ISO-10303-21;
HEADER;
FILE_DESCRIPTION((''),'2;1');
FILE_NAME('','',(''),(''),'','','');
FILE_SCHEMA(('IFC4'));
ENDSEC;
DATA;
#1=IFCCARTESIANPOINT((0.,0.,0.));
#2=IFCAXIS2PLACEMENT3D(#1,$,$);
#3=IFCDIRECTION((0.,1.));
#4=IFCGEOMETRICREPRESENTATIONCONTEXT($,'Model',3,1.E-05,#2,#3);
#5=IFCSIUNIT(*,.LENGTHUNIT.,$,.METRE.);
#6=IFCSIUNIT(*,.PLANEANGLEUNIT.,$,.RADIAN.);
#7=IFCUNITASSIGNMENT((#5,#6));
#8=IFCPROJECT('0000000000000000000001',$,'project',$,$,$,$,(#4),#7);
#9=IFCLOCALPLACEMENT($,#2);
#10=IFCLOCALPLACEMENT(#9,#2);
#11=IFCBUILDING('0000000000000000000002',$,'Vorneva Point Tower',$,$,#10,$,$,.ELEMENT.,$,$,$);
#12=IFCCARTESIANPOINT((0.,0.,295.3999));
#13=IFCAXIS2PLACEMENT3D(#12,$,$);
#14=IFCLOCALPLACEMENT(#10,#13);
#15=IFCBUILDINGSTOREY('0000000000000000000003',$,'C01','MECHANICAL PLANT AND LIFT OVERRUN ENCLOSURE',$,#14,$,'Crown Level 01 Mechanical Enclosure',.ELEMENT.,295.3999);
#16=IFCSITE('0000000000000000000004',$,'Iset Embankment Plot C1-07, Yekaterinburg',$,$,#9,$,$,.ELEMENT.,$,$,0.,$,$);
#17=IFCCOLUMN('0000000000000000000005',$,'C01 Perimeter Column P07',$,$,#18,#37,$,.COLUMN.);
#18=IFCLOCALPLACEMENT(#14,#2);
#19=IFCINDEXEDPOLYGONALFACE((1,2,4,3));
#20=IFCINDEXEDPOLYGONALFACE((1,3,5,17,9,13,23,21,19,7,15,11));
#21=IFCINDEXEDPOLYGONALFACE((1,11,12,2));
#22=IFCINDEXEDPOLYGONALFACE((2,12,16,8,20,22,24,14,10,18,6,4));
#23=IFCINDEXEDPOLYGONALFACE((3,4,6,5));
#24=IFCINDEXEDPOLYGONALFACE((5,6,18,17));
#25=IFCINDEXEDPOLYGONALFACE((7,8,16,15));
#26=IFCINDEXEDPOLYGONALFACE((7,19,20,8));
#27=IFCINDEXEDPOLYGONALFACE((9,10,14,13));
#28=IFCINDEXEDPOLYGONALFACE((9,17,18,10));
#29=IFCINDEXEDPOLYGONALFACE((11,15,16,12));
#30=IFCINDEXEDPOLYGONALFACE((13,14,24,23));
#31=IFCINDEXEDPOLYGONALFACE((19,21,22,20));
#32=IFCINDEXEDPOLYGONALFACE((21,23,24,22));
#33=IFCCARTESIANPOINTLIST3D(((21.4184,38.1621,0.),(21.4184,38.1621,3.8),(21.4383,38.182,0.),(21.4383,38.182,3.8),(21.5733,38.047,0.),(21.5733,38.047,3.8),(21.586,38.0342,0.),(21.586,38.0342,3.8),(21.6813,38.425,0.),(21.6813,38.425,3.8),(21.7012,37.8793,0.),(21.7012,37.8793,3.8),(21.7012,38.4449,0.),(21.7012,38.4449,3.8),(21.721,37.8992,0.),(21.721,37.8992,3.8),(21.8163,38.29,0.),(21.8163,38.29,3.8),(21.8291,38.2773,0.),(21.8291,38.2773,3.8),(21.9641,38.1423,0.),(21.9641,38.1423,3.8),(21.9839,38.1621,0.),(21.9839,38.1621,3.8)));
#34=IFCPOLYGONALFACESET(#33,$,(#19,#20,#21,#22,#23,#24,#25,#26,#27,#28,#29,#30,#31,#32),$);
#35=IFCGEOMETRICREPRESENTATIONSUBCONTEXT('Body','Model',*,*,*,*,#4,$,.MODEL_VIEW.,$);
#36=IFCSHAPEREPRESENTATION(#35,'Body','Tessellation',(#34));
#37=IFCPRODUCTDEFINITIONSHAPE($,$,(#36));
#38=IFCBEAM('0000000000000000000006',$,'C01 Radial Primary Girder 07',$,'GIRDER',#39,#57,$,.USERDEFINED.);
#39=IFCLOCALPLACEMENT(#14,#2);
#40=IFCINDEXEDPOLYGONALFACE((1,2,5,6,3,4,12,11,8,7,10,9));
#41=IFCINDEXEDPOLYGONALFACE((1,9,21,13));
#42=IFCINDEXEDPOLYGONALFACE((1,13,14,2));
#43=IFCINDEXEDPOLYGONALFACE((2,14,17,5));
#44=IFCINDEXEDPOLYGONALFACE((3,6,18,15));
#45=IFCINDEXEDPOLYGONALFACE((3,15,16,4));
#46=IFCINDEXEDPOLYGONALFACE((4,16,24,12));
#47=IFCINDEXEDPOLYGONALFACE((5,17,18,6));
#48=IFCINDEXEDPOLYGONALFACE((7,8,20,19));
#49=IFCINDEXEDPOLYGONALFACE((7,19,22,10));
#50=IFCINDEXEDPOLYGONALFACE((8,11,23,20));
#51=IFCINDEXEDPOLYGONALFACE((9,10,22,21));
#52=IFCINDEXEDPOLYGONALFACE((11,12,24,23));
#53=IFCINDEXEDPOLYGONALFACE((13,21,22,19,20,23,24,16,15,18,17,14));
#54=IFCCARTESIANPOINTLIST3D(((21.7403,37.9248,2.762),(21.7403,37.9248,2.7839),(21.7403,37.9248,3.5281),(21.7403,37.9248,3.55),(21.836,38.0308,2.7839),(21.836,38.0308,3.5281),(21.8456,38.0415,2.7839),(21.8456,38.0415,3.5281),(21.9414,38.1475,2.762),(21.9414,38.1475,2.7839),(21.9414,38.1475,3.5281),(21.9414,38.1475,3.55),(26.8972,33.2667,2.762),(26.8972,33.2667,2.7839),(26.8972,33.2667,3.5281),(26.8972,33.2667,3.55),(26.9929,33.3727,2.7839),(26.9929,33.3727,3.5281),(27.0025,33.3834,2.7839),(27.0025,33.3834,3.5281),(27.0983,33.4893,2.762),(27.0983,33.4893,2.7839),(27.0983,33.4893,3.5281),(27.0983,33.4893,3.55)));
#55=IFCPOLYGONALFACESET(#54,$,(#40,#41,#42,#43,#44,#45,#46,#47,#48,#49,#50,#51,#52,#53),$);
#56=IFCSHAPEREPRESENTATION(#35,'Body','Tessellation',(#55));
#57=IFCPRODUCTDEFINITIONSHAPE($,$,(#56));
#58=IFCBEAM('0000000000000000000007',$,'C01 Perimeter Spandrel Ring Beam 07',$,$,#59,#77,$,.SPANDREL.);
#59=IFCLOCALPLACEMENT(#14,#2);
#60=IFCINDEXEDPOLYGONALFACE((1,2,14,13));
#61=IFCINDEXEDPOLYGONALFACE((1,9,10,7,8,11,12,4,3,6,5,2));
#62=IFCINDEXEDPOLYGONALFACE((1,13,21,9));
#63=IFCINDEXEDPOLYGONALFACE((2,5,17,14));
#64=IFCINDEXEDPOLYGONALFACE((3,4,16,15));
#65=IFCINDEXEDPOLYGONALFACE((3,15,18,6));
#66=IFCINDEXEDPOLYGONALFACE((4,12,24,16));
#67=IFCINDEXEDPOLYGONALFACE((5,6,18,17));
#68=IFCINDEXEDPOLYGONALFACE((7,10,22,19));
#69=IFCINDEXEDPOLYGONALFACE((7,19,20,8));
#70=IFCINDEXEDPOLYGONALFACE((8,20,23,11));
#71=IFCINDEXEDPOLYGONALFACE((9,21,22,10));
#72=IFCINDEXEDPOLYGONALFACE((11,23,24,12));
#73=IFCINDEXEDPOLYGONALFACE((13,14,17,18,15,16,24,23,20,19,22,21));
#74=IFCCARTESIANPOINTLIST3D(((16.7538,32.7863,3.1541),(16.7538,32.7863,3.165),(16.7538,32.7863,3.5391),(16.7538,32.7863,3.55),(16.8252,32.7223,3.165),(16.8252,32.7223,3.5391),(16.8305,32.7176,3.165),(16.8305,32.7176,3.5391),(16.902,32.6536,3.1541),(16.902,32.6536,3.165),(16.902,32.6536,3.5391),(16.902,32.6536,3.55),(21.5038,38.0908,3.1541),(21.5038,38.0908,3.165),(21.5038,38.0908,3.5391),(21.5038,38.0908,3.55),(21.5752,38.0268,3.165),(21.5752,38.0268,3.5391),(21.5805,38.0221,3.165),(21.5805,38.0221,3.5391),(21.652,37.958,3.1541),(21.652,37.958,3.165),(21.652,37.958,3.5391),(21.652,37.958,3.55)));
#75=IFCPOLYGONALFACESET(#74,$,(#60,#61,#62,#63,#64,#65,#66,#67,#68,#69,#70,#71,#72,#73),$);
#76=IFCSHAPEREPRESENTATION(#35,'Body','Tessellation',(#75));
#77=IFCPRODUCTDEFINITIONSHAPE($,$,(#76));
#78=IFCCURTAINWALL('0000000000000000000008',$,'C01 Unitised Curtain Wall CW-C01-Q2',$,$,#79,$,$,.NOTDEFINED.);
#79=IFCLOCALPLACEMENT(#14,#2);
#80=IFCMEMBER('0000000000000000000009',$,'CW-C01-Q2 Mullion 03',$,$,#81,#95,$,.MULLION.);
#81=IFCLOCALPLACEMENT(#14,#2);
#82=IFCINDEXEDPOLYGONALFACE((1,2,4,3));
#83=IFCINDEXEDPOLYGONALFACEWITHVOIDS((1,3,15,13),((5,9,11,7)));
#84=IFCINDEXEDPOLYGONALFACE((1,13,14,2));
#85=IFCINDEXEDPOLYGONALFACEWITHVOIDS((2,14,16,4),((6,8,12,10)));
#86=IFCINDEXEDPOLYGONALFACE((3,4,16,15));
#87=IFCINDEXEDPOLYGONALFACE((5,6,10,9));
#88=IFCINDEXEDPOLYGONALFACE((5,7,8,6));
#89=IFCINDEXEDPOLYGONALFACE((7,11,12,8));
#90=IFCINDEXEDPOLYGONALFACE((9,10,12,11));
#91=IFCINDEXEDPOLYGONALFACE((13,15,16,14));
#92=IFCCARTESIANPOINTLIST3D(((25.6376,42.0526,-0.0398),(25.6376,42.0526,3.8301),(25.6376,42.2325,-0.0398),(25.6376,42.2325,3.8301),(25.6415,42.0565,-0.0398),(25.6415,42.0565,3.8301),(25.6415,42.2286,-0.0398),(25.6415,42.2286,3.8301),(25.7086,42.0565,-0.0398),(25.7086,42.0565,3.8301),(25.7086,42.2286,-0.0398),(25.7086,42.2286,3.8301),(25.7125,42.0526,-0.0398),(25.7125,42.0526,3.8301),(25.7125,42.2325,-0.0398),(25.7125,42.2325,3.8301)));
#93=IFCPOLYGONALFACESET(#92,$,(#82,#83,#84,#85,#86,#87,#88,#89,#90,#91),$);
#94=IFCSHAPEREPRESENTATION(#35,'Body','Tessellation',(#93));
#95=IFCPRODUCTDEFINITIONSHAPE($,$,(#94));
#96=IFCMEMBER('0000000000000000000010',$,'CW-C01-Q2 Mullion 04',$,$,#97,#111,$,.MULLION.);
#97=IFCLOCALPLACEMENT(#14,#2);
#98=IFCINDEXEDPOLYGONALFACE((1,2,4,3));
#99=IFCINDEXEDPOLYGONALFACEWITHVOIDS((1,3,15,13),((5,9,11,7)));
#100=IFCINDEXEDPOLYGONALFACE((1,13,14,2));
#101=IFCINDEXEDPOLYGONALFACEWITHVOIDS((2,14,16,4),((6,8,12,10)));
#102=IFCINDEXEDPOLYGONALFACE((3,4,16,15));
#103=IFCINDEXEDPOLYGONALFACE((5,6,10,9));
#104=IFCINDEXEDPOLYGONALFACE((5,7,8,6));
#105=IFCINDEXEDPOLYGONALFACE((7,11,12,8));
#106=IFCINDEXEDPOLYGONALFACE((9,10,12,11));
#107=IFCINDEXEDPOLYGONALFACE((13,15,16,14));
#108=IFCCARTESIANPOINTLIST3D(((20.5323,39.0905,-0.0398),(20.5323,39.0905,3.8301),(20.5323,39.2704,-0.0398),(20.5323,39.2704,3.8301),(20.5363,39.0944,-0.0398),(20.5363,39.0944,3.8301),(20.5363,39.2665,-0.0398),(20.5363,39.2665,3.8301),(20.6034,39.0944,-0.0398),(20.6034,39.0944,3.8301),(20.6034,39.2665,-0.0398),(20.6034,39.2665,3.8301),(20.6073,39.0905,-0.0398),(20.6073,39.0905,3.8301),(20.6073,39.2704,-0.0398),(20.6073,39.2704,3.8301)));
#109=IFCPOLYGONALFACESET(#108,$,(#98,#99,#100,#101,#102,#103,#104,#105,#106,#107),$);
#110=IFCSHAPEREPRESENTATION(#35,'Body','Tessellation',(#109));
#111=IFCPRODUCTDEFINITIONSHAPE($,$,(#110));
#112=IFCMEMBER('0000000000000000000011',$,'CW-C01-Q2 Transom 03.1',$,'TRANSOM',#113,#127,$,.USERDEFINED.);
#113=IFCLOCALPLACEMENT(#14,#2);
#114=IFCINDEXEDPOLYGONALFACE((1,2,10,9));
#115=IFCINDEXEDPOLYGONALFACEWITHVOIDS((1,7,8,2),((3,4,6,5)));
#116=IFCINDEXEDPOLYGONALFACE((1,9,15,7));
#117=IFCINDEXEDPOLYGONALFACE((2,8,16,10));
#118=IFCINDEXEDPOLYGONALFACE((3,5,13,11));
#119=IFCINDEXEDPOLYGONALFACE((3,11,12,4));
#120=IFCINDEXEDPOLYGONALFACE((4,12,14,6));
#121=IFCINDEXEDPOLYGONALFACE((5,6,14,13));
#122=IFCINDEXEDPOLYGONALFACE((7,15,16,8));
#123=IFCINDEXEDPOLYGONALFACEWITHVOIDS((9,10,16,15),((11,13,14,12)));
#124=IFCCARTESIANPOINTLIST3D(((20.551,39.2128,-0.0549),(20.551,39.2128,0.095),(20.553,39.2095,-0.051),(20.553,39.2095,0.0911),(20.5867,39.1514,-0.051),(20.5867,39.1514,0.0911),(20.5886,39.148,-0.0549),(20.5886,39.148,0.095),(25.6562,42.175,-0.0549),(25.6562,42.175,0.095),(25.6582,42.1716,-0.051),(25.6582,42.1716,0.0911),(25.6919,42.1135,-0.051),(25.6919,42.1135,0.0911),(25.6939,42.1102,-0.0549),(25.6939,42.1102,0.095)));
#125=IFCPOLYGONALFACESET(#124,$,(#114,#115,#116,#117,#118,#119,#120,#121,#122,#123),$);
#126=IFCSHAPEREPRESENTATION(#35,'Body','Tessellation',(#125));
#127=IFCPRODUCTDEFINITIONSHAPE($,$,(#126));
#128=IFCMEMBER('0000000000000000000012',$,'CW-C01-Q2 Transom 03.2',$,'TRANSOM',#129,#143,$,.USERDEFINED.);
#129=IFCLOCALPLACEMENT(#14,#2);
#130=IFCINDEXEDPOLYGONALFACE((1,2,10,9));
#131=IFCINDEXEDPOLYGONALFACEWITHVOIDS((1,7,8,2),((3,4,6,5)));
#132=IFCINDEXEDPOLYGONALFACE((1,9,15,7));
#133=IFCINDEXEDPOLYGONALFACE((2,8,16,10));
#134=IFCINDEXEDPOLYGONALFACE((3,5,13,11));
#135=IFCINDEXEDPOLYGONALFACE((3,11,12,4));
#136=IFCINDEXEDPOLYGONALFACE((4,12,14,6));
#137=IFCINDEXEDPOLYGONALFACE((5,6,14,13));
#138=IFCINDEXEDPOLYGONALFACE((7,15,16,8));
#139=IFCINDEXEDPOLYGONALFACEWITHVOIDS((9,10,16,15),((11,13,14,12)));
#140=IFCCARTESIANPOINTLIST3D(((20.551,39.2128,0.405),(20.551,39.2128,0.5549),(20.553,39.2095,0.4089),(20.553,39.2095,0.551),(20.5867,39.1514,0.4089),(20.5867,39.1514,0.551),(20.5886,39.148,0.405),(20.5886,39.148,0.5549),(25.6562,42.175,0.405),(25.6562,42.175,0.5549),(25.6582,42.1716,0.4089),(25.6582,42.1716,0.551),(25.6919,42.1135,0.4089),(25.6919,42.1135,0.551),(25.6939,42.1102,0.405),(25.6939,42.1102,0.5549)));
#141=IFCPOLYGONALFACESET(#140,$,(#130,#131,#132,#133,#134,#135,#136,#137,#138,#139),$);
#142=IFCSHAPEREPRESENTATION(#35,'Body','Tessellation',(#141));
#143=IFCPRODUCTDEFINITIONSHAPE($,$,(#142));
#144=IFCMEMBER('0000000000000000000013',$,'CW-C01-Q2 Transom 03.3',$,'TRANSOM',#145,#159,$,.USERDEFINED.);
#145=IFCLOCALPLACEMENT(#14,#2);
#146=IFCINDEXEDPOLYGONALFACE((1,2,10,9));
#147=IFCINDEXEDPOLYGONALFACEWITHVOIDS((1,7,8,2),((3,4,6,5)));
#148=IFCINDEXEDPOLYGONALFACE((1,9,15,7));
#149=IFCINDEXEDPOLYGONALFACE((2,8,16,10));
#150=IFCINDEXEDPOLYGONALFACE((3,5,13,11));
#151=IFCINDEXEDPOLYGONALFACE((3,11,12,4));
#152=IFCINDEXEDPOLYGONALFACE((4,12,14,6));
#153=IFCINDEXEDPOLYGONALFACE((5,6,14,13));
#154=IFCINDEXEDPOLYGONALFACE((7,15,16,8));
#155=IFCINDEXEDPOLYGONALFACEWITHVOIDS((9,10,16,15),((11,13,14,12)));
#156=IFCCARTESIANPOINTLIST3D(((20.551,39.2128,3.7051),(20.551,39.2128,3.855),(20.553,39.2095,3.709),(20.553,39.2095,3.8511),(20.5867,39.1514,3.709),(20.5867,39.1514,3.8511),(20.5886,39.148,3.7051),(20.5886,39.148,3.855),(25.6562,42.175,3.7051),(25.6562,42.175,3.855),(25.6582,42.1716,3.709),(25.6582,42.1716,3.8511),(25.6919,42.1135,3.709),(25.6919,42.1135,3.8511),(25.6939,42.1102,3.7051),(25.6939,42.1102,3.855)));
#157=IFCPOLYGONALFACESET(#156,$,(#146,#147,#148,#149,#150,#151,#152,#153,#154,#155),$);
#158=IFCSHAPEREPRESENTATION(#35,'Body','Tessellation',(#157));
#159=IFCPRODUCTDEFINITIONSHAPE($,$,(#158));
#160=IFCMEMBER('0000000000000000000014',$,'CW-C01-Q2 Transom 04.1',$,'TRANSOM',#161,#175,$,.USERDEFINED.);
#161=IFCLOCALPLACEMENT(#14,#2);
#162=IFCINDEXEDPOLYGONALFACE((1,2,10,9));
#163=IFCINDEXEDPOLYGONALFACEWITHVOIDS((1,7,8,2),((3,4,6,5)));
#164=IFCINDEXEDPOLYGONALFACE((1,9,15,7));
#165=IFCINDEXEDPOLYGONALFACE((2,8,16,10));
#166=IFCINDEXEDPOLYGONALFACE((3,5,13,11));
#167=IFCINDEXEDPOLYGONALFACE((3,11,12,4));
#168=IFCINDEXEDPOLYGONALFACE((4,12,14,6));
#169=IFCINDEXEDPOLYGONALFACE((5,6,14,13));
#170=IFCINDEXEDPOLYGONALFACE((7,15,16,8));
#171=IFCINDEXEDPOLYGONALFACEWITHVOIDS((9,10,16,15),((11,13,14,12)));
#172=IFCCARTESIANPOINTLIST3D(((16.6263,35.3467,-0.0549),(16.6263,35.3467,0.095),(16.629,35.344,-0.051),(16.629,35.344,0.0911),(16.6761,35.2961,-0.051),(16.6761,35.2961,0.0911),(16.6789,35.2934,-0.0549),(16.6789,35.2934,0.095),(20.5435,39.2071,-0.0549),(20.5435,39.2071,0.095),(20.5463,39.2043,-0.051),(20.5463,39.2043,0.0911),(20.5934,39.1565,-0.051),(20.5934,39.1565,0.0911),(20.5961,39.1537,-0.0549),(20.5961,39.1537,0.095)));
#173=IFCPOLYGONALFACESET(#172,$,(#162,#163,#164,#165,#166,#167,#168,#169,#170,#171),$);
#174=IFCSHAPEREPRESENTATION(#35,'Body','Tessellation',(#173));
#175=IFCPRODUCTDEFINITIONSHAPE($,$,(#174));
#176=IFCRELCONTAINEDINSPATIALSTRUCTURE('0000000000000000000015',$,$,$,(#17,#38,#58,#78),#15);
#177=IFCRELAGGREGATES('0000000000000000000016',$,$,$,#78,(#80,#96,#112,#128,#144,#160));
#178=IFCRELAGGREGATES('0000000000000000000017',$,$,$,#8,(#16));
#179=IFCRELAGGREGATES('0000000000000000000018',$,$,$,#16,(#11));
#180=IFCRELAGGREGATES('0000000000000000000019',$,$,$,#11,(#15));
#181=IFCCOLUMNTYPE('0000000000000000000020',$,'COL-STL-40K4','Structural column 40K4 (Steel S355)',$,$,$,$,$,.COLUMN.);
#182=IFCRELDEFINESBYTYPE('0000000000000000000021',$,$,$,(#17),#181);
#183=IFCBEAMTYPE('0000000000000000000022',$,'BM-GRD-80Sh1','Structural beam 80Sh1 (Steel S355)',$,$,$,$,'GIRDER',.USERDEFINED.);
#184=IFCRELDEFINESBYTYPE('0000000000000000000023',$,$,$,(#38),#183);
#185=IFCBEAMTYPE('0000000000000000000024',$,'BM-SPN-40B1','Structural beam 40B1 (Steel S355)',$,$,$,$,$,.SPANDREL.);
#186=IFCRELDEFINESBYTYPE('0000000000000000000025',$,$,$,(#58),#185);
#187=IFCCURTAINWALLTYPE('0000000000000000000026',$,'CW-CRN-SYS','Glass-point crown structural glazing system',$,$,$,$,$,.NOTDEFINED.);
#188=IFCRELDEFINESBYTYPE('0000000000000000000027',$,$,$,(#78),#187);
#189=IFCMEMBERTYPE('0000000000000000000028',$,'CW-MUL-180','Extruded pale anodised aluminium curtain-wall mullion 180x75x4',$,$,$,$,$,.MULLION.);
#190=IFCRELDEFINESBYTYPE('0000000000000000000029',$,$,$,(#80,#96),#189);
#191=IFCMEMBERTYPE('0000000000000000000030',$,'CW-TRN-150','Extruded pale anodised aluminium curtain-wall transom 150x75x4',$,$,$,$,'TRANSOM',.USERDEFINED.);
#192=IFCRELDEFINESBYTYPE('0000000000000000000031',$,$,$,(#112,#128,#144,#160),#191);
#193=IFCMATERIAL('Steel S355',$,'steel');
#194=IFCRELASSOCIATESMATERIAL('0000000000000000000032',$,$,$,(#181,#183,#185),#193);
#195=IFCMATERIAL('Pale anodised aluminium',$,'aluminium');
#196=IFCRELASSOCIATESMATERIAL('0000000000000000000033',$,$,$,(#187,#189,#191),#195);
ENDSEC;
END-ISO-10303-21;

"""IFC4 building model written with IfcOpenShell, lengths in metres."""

from ifc_helpers import new_model, si_unit, direction, frame, origin, origin_2d, place, context, subcontext, project, spatial, hollow_rectangle, i_section, extrude, material, material_profile, profile_set, type_object, element, aggregate, save


model = new_model("IFC4")

# Units and contexts
model_context = context("Model", 3, precision=1e-05, world=origin(), true_north=direction((0.0, 1.0)))
body_context = subcontext(model_context, "Body", "Model", "MODEL_VIEW")
ifc_project = project(units=[si_unit("LENGTHUNIT", "METRE"), si_unit("PLANEANGLEUNIT", "RADIAN")], contexts=[model_context])

# Site, building, storey
site_placement = place(None, origin())
site = spatial("IfcSite", under=ifc_project, at=site_placement, Name="Iset Embankment Plot C1-07, Yekaterinburg", CompositionType="ELEMENT", RefElevation=0.0)
building_placement = place(site_placement, origin())
building = spatial("IfcBuilding", under=site, at=building_placement, Name="Vorneva Point Tower", CompositionType="ELEMENT")
storey_placement = place(building_placement, frame((0.0, 0.0, 295.3999)))
storey = spatial("IfcBuildingStorey", under=building, at=storey_placement, Name="C01", Description="MECHANICAL PLANT AND LIFT OVERRUN ENCLOSURE", LongName="Crown Level 01 Mechanical Enclosure", CompositionType="ELEMENT", Elevation=295.3999)

# Column
ifc_material_1 = material(Name="Steel S355", Category="steel")
ifc_material_profile_1 = material_profile(ifc_material_1, i_section(OverallWidth=0.3999, OverallDepth=0.3999, WebThickness=0.0181, FlangeThickness=0.0281, at=origin_2d()), Name="40K4")
ifc_profile_set_1 = profile_set([ifc_material_profile_1], Name="Steel S355")
column_type = type_object("IfcColumnType", Name="COL-STL-40K4", Description="Structural column 40K4 (Steel S355)", PredefinedType="COLUMN", material=ifc_profile_set_1)
column_placement = place(storey_placement, frame((21.7012, 38.1621, 0.0), z_axis=(0.0, 0.0, 1.0), x_axis=(-0.707107, 0.707107, 0.0)))
element("IfcColumn", 1, at=column_placement, inside=storey, type_object=column_type, Name="C01 Perimeter Column P07", PredefinedType="COLUMN", context=body_context, shape_type="SweptSolid", body=[
    extrude(i_section(OverallWidth=0.3999, OverallDepth=0.3999, WebThickness=0.0181, FlangeThickness=0.0281, at=origin_2d()), origin(), (0.0, 0.0, 1.0), 3.8),
])

# Beams
ifc_material_profile_2 = material_profile(ifc_material_1, i_section(OverallWidth=0.3, OverallDepth=0.7881, WebThickness=0.0144, FlangeThickness=0.022, at=origin_2d()), Name="80Sh1")
ifc_profile_set_2 = profile_set([ifc_material_profile_2], Name="Steel S355")
beam_type_1 = type_object("IfcBeamType", Name="BM-GRD-80Sh1", Description="Structural beam 80Sh1 (Steel S355)", ElementType="GIRDER", PredefinedType="USERDEFINED", material=ifc_profile_set_2)
beam_1_placement = place(storey_placement, frame((21.8408, 38.0361, 3.156), z_axis=(0.742082, -0.670309, 0.0), x_axis=(0.670309, 0.742082, 0.0)))
element("IfcBeam", 2, at=beam_1_placement, inside=storey, type_object=beam_type_1, Name="C01 Radial Primary Girder 07", ObjectType="GIRDER", PredefinedType="USERDEFINED", context=body_context, shape_type="SweptSolid", body=[
    extrude(i_section(OverallWidth=0.3, OverallDepth=0.7881, WebThickness=0.0144, FlangeThickness=0.022, at=origin_2d()), origin(), (0.0, 0.0, 1.0), 6.9492),
])
ifc_material_profile_3 = material_profile(ifc_material_1, i_section(OverallWidth=0.199, OverallDepth=0.396, WebThickness=0.0071, FlangeThickness=0.011, at=origin_2d()), Name="40B1")
ifc_profile_set_3 = profile_set([ifc_material_profile_3], Name="Steel S355")
beam_type_2 = type_object("IfcBeamType", Name="BM-SPN-40B1", Description="Structural beam 40B1 (Steel S355)", PredefinedType="SPANDREL", material=ifc_profile_set_3)
beam_2_placement = place(storey_placement, frame((21.5779, 38.0244, 3.3521), z_axis=(-0.6671, -0.744968, 0.0), x_axis=(0.744968, -0.6671, 0.0)))
element("IfcBeam", 3, at=beam_2_placement, inside=storey, type_object=beam_type_2, Name="C01 Perimeter Spandrel Ring Beam 07", PredefinedType="SPANDREL", context=body_context, shape_type="SweptSolid", body=[
    extrude(i_section(OverallWidth=0.199, OverallDepth=0.396, WebThickness=0.0071, FlangeThickness=0.011, at=origin_2d()), origin(), (0.0, 0.0, 1.0), 7.1204),
])

# Curtain wall, members
ifc_material_2 = material(Name="Pale anodised aluminium", Category="aluminium")
curtain_wall_type = type_object("IfcCurtainWallType", Name="CW-CRN-SYS", Description="Glass-point crown structural glazing system", PredefinedType="NOTDEFINED", material=ifc_material_2)
curtain_wall_placement = place(storey_placement, origin())
curtain_wall = element("IfcCurtainWall", 4, at=curtain_wall_placement, inside=storey, type_object=curtain_wall_type, Name="C01 Unitised Curtain Wall CW-C01-Q2", PredefinedType="NOTDEFINED")
ifc_material_profile_4 = material_profile(ifc_material_2, hollow_rectangle(XDim=0.075, YDim=0.1799, WallThickness=0.0039, at=origin_2d()), Name="AL-MUL 180x75x4")
ifc_profile_set_4 = profile_set([ifc_material_profile_4], Name="Pale anodised aluminium")
member_type_1 = type_object("IfcMemberType", Name="CW-MUL-180", Description="Extruded pale anodised aluminium curtain-wall mullion 180x75x4", PredefinedType="MULLION", material=ifc_profile_set_4)
member_1_placement = place(storey_placement, frame((25.675, 42.1426, -0.0398), z_axis=(0.0, 0.0, 1.0), x_axis=(1.0, 0.0, 0.0)))
member_1 = element("IfcMember", 5, at=member_1_placement, type_object=member_type_1, Name="CW-C01-Q2 Mullion 03", PredefinedType="MULLION", context=body_context, shape_type="SweptSolid", body=[
    extrude(hollow_rectangle(XDim=0.075, YDim=0.1799, WallThickness=0.0039, at=origin_2d()), origin(), (0.0, 0.0, 1.0), 3.8699),
])
member_2_placement = place(storey_placement, frame((20.5698, 39.1804, -0.0398), z_axis=(0.0, 0.0, 1.0), x_axis=(1.0, 0.0, 0.0)))
member_2 = element("IfcMember", 6, at=member_2_placement, type_object=member_type_1, Name="CW-C01-Q2 Mullion 04", PredefinedType="MULLION", context=body_context, shape_type="SweptSolid", body=[
    extrude(hollow_rectangle(XDim=0.075, YDim=0.1799, WallThickness=0.0039, at=origin_2d()), origin(), (0.0, 0.0, 1.0), 3.8699),
])
ifc_material_profile_5 = material_profile(ifc_material_2, hollow_rectangle(XDim=0.075, YDim=0.1499, WallThickness=0.0039, at=origin_2d()), Name="AL-TRN 150x75x4")
ifc_profile_set_5 = profile_set([ifc_material_profile_5], Name="Pale anodised aluminium")
member_type_2 = type_object("IfcMemberType", Name="CW-TRN-150", Description="Extruded pale anodised aluminium curtain-wall transom 150x75x4", ElementType="TRANSOM", PredefinedType="USERDEFINED", material=ifc_profile_set_5)
member_3_placement = place(storey_placement, frame((25.675, 42.1426, 0.02), z_axis=(-0.864948, -0.501861, 0.0), x_axis=(0.501861, -0.864948, 0.0)))
member_3 = element("IfcMember", 7, at=member_3_placement, type_object=member_type_2, Name="CW-C01-Q2 Transom 03.1", ObjectType="TRANSOM", PredefinedType="USERDEFINED", context=body_context, shape_type="SweptSolid", body=[
    extrude(hollow_rectangle(XDim=0.075, YDim=0.1499, WallThickness=0.0039, at=origin_2d()), origin(), (0.0, 0.0, 1.0), 5.9023),
])
member_4_placement = place(storey_placement, frame((25.675, 42.1426, 0.48), z_axis=(-0.864948, -0.501861, 0.0), x_axis=(0.501861, -0.864948, 0.0)))
member_4 = element("IfcMember", 8, at=member_4_placement, type_object=member_type_2, Name="CW-C01-Q2 Transom 03.2", ObjectType="TRANSOM", PredefinedType="USERDEFINED", context=body_context, shape_type="SweptSolid", body=[
    extrude(hollow_rectangle(XDim=0.075, YDim=0.1499, WallThickness=0.0039, at=origin_2d()), origin(), (0.0, 0.0, 1.0), 5.9023),
])
member_5_placement = place(storey_placement, frame((25.675, 42.1426, 3.78), z_axis=(-0.864948, -0.501861, 0.0), x_axis=(0.501861, -0.864948, 0.0)))
member_5 = element("IfcMember", 9, at=member_5_placement, type_object=member_type_2, Name="CW-C01-Q2 Transom 03.3", ObjectType="TRANSOM", PredefinedType="USERDEFINED", context=body_context, shape_type="SweptSolid", body=[
    extrude(hollow_rectangle(XDim=0.075, YDim=0.1499, WallThickness=0.0039, at=origin_2d()), origin(), (0.0, 0.0, 1.0), 5.9023),
])
member_6_placement = place(storey_placement, frame((20.5698, 39.1804, 0.02), z_axis=(-0.712259, -0.701916, 0.0), x_axis=(0.701916, -0.712259, 0.0)))
member_6 = element("IfcMember", 10, at=member_6_placement, type_object=member_type_2, Name="CW-C01-Q2 Transom 04.1", ObjectType="TRANSOM", PredefinedType="USERDEFINED", context=body_context, shape_type="SweptSolid", body=[
    extrude(hollow_rectangle(XDim=0.075, YDim=0.1499, WallThickness=0.0039, at=origin_2d()), origin(), (0.0, 0.0, 1.0), 5.4998),
])

aggregate(curtain_wall, [member_1, member_2, member_3, member_4, member_5, member_6])

save(model, "model.ifc")
